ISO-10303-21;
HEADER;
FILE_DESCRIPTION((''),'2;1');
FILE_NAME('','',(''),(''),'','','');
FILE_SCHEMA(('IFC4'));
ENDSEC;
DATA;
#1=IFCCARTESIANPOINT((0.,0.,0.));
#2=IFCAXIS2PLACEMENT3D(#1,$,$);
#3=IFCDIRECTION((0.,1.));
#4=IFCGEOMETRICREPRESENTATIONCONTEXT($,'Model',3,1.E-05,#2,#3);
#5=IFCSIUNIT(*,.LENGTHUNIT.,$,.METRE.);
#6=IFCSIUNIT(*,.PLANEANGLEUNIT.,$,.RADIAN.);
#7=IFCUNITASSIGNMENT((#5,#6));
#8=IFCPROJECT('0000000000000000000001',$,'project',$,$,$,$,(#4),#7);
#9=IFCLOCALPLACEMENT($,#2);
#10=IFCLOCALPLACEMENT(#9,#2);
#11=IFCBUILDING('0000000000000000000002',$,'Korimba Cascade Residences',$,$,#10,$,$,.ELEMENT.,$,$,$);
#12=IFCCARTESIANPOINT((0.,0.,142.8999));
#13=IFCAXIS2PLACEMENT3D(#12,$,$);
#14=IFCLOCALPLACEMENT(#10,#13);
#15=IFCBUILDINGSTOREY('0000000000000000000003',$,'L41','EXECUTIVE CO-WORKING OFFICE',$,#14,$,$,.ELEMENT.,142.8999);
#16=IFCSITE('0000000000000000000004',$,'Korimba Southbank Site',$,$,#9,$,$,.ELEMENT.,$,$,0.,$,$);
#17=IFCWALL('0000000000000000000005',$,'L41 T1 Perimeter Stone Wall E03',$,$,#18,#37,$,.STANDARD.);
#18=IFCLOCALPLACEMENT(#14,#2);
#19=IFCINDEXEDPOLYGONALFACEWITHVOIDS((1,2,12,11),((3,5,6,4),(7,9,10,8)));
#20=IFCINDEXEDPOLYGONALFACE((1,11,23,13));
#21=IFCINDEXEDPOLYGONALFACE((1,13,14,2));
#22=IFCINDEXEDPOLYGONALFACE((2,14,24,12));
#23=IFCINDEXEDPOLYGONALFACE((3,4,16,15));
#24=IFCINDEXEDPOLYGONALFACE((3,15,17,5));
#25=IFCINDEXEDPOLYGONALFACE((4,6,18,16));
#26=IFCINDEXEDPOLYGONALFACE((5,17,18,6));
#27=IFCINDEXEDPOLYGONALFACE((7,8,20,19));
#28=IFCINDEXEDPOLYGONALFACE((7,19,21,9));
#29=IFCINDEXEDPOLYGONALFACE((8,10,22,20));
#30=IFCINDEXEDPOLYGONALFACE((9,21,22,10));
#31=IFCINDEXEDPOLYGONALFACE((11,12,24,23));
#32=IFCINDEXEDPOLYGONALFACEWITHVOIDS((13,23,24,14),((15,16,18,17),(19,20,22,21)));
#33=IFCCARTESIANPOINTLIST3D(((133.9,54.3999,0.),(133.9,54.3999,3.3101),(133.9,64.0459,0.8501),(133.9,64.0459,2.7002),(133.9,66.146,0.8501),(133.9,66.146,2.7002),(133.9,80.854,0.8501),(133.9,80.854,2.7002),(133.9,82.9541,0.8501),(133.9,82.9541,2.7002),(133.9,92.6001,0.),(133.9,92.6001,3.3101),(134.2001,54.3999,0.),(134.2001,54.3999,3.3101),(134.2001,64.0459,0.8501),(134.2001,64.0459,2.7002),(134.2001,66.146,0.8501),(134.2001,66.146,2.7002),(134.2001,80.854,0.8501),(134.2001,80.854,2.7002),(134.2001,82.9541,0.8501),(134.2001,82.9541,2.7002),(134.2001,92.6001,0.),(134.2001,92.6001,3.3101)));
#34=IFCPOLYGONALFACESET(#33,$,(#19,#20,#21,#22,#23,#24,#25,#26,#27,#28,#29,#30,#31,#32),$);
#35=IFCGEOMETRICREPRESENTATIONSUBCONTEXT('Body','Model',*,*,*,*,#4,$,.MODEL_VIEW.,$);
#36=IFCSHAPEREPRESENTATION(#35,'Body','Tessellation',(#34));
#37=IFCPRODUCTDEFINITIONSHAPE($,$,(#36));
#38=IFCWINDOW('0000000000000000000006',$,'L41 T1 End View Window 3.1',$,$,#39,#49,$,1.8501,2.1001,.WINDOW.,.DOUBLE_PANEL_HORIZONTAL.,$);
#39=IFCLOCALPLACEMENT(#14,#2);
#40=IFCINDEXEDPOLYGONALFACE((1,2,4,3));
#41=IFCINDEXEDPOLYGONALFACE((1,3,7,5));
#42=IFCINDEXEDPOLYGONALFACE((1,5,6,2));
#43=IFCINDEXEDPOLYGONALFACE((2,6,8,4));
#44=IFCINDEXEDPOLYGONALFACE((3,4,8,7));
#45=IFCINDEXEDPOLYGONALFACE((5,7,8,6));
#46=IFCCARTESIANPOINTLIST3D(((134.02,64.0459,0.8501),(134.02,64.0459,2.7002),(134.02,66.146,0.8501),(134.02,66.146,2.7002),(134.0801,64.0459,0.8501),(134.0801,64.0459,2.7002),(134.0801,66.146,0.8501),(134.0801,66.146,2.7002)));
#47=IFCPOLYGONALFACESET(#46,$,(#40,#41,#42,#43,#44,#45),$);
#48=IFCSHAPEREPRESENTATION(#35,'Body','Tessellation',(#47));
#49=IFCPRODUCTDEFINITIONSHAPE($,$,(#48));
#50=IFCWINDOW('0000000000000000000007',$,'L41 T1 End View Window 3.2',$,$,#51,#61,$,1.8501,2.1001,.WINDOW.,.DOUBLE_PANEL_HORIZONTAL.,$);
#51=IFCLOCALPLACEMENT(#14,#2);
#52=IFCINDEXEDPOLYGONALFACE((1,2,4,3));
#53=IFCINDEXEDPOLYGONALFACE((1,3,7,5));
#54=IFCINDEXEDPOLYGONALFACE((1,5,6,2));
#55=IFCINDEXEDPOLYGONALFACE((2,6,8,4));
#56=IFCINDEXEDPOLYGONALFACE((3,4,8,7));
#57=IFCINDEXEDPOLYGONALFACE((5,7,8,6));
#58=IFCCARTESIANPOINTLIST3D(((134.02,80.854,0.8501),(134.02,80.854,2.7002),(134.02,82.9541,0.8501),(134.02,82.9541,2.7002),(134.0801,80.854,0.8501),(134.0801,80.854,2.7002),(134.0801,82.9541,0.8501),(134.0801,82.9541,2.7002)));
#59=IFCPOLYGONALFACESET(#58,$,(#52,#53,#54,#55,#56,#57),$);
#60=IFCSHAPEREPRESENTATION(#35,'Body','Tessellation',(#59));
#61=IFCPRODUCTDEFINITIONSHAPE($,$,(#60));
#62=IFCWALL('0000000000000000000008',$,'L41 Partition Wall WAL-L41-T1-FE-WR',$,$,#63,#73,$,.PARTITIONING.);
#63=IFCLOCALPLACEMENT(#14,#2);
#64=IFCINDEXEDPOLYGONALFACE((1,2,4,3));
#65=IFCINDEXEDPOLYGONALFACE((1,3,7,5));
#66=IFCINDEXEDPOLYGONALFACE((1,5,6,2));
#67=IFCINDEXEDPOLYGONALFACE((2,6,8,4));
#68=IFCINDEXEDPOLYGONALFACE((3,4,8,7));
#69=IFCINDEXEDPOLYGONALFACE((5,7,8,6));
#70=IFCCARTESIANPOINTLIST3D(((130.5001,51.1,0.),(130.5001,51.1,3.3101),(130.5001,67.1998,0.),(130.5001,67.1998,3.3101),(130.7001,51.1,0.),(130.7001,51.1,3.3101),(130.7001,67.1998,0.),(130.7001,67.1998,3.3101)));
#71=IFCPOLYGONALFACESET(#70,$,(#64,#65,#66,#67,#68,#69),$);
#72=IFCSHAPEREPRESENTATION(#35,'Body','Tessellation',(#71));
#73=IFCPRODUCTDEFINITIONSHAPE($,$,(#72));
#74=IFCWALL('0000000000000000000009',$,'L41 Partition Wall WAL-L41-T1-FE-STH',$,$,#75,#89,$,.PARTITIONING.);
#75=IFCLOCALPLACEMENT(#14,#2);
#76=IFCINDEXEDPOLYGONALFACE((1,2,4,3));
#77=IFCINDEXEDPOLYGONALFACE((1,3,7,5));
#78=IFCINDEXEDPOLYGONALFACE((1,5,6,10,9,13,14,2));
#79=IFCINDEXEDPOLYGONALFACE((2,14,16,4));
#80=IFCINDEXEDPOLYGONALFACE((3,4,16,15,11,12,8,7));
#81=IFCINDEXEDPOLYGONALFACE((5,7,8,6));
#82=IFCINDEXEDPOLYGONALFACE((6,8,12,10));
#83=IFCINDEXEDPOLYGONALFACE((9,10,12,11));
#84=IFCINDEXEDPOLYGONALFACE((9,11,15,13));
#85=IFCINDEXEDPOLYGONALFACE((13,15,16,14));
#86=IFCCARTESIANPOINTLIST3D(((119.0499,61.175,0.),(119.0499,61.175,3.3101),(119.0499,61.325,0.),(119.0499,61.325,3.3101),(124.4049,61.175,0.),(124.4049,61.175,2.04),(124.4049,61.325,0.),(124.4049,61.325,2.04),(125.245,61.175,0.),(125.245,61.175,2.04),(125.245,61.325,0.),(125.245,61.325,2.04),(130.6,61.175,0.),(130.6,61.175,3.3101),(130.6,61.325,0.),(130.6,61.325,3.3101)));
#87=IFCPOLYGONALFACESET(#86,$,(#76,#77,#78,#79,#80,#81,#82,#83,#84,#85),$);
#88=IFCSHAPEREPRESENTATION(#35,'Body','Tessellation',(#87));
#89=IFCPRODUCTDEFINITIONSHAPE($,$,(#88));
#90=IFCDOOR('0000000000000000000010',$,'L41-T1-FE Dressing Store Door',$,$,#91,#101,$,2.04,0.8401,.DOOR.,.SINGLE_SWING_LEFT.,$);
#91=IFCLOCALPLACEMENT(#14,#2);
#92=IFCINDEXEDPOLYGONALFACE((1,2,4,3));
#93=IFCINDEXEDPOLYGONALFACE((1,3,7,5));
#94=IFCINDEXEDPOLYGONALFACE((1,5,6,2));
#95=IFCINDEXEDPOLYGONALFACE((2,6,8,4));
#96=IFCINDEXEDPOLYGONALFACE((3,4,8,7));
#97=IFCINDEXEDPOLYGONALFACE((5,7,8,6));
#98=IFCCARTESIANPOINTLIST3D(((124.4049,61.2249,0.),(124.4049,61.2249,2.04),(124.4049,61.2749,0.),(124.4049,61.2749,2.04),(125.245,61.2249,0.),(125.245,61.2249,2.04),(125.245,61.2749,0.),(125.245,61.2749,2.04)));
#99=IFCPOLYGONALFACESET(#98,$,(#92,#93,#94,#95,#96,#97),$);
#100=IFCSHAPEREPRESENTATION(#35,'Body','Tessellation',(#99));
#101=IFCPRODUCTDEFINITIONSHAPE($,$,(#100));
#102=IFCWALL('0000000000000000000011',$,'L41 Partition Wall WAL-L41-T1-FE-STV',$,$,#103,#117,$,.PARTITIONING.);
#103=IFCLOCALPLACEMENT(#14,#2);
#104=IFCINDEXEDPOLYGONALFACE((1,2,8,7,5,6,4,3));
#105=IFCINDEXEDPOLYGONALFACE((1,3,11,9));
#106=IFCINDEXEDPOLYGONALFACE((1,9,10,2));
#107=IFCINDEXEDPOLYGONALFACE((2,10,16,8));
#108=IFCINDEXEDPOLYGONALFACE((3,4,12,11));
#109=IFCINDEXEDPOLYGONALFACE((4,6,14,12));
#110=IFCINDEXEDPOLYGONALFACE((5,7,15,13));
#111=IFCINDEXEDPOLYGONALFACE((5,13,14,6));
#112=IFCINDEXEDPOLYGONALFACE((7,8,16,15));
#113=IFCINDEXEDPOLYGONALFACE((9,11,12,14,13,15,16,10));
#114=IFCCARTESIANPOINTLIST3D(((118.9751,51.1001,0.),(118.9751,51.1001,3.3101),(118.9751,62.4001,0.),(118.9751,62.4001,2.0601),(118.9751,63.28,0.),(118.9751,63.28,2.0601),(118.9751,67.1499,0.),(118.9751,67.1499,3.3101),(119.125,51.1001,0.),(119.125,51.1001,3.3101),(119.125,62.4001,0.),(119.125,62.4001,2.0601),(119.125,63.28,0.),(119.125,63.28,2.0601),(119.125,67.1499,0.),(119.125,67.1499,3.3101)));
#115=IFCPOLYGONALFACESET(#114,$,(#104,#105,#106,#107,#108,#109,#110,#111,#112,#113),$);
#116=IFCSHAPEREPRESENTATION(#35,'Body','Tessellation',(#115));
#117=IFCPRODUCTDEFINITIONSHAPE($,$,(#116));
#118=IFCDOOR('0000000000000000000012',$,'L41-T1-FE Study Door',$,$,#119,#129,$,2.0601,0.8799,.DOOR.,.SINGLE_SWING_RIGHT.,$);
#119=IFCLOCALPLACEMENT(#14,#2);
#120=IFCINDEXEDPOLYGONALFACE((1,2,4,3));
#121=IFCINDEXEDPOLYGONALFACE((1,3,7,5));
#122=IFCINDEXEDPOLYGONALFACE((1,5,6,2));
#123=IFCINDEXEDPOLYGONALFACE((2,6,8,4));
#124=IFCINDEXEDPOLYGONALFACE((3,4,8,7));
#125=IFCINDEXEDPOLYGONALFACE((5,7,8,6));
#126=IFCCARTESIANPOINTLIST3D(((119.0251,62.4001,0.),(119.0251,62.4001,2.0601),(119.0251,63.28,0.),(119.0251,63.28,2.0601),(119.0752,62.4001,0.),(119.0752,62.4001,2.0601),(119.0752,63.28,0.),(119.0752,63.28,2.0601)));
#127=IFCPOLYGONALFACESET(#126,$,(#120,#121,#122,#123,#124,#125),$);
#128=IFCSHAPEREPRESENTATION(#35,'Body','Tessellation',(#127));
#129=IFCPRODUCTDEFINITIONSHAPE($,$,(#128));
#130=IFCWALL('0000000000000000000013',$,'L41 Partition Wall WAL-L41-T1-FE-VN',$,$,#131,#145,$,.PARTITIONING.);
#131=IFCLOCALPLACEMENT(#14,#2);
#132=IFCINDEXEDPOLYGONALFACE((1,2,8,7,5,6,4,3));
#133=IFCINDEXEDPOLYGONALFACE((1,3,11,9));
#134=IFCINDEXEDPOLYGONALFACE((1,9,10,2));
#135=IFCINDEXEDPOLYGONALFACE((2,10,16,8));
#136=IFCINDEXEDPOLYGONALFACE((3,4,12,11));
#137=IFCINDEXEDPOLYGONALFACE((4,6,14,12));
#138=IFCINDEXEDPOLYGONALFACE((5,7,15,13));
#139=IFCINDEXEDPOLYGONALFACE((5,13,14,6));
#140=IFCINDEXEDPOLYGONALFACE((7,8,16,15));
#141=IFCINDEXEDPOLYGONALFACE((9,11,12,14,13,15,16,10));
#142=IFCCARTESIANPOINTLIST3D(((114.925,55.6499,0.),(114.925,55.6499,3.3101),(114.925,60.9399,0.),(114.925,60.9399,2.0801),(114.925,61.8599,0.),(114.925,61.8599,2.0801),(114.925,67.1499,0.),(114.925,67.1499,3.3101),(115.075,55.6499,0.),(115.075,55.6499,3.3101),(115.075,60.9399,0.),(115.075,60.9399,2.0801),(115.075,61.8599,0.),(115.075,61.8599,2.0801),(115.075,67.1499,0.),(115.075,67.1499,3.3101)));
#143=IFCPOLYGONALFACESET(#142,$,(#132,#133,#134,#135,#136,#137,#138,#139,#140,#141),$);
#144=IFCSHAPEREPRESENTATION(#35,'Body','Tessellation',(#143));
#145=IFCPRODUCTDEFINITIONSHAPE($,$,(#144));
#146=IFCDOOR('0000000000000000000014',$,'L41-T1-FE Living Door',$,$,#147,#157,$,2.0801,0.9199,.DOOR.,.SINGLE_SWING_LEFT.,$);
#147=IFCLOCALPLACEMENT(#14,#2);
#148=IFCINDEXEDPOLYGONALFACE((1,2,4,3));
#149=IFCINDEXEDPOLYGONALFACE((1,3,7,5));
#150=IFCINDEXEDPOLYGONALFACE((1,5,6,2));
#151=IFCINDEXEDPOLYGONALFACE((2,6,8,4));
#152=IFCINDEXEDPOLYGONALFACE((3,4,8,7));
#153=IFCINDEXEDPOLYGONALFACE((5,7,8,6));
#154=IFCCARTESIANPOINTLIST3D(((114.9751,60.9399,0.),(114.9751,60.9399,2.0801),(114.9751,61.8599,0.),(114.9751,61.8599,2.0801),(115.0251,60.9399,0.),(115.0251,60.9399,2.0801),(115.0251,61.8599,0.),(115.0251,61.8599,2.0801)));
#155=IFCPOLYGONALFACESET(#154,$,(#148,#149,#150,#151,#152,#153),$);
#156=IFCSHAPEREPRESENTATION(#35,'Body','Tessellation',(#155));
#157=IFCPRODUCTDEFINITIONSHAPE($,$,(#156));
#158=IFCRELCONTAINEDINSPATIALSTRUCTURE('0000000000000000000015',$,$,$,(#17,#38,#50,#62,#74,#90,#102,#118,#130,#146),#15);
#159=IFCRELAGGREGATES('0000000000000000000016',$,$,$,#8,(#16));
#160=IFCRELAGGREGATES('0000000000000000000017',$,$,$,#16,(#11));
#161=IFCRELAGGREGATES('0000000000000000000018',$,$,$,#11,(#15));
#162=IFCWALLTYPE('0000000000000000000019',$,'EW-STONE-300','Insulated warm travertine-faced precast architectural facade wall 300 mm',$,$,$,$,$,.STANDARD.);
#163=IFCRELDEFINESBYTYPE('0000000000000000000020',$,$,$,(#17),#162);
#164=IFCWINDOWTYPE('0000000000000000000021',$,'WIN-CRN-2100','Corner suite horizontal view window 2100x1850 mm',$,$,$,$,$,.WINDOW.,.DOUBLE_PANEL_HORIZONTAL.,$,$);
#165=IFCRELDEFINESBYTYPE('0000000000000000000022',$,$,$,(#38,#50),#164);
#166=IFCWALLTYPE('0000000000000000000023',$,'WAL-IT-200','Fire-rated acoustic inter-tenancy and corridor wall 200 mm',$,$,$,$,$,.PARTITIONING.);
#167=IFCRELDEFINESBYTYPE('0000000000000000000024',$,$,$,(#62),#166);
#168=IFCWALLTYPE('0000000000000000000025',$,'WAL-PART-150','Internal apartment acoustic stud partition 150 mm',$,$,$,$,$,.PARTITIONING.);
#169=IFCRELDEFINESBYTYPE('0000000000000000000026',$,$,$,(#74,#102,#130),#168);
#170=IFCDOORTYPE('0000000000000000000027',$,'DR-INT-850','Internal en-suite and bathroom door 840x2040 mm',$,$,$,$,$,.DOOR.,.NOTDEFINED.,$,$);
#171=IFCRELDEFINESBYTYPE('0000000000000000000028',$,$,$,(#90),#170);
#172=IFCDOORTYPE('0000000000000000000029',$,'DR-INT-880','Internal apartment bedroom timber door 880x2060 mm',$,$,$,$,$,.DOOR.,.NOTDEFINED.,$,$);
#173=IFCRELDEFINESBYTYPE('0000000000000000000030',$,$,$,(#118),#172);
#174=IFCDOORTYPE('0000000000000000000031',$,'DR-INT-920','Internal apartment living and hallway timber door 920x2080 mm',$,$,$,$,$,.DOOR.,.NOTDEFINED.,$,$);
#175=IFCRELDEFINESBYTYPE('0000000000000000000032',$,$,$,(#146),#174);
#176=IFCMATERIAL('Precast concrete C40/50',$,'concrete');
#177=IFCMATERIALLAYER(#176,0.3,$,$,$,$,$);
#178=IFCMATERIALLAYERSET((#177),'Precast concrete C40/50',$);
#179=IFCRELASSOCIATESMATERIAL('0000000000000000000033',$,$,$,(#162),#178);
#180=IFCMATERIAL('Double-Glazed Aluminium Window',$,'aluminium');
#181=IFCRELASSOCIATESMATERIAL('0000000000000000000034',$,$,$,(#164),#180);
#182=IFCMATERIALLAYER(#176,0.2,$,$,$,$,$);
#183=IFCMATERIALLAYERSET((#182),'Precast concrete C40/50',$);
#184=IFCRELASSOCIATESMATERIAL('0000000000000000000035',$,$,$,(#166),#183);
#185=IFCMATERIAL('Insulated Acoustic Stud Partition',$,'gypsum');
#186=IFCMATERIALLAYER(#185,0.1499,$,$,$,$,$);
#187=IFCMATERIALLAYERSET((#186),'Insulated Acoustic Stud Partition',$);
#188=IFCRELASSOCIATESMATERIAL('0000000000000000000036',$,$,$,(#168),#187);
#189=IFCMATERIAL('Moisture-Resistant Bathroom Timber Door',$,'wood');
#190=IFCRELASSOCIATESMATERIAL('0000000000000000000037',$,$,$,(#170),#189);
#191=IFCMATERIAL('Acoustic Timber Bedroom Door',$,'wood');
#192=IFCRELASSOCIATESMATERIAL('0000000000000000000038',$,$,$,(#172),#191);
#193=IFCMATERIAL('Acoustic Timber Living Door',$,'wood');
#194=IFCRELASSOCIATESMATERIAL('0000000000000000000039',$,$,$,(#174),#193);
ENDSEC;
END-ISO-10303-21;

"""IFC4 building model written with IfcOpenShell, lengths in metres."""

from ifc_helpers import new_model, si_unit, direction, frame, frame_2d, origin, place, context, subcontext, project, spatial, rectangle, extrude, material, layer, layer_set, type_object, element, fill, save


model = new_model("IFC4")

# Units and contexts
model_context = context("Model", 3, precision=1e-05, world=origin(), true_north=direction((0.0, 1.0)))
body_context = subcontext(model_context, "Body", "Model", "MODEL_VIEW")
ifc_project = project(units=[si_unit("LENGTHUNIT", "METRE"), si_unit("PLANEANGLEUNIT", "RADIAN")], contexts=[model_context])

# Site, building, storey
site_placement = place(None, origin())
site = spatial("IfcSite", under=ifc_project, at=site_placement, Name="Korimba Southbank Site", CompositionType="ELEMENT", RefElevation=0.0)
building_placement = place(site_placement, origin())
building = spatial("IfcBuilding", under=site, at=building_placement, Name="Korimba Cascade Residences", CompositionType="ELEMENT")
storey_placement = place(building_placement, frame((0.0, 0.0, 142.8999)))
storey = spatial("IfcBuildingStorey", under=building, at=storey_placement, Name="L41", Description="EXECUTIVE CO-WORKING OFFICE", CompositionType="ELEMENT", Elevation=142.8999)

# Shared definitions
ifc_material_1 = material(Name="Precast concrete C40/50", Category="concrete")
ifc_layer_1 = layer(ifc_material_1, 0.3)
ifc_layer_set_1 = layer_set([ifc_layer_1], Name="Precast concrete C40/50")
wall_type_1 = type_object("IfcWallType", Name="EW-STONE-300", Description="Insulated warm travertine-faced precast architectural facade wall 300 mm", PredefinedType="STANDARD", material=ifc_layer_set_1)

# Wall, openings, windows
wall_1_placement = place(storey_placement, frame((134.05, 54.3999, 0.0), z_axis=(0.0, 0.0, 1.0), x_axis=(0.0, 1.0, 0.0)))
wall_1 = element("IfcWall", 1, at=wall_1_placement, inside=storey, type_object=wall_type_1, Name="L41 T1 Perimeter Stone Wall E03", PredefinedType="STANDARD", context=body_context, shape_type="SweptSolid", body=[
    extrude(rectangle(XDim=38.2002, YDim=0.3, at=frame_2d((19.1001, 0.0))), origin(), (0.0, 0.0, 1.0), 3.3101),
])
opening_1_placement = place(wall_1_placement, frame((9.646, 0.0, 0.8501)))
opening_1 = element("IfcOpeningElement", 2, at=opening_1_placement, cuts=wall_1, PredefinedType="OPENING", context=body_context, shape_type="SweptSolid", body=[
    extrude(rectangle(XDim=2.1001, YDim=1.8501, at=frame_2d((1.05, 0.925))), frame((0.0, 0.1602, 0.0), z_axis=(0.0, -1.0, 0.0), x_axis=(1.0, 0.0, 0.0)), (0.0, 0.0, 1.0), 0.3201),
])
opening_2_placement = place(wall_1_placement, frame((26.4541, 0.0, 0.8501)))
opening_2 = element("IfcOpeningElement", 3, at=opening_2_placement, cuts=wall_1, PredefinedType="OPENING", context=body_context, shape_type="SweptSolid", body=[
    extrude(rectangle(XDim=2.1001, YDim=1.8501, at=frame_2d((1.05, 0.925))), frame((0.0, 0.1602, 0.0), z_axis=(0.0, -1.0, 0.0), x_axis=(1.0, 0.0, 0.0)), (0.0, 0.0, 1.0), 0.3201),
])
ifc_material_2 = material(Name="Double-Glazed Aluminium Window", Category="aluminium")
window_type = type_object("IfcWindowType", Name="WIN-CRN-2100", Description="Corner suite horizontal view window 2100x1850 mm", PartitioningType="DOUBLE_PANEL_HORIZONTAL", PredefinedType="WINDOW", material=ifc_material_2)
window_1_placement = place(opening_1_placement, origin())
window_1 = element("IfcWindow", 4, at=window_1_placement, inside=storey, type_object=window_type, Name="L41 T1 End View Window 3.1", OverallHeight=1.8501, OverallWidth=2.1001, PartitioningType="DOUBLE_PANEL_HORIZONTAL", PredefinedType="WINDOW", context=body_context, shape_type="SweptSolid", body=[
    extrude(rectangle(XDim=2.1001, YDim=1.8501, at=frame_2d((1.05, 0.925))), frame((0.0, 0.03, 0.0), z_axis=(0.0, -1.0, 0.0), x_axis=(1.0, 0.0, 0.0)), (0.0, 0.0, 1.0), 0.0601),
])
fill(opening_1, window_1)
window_2_placement = place(opening_2_placement, origin())
window_2 = element("IfcWindow", 5, at=window_2_placement, inside=storey, type_object=window_type, Name="L41 T1 End View Window 3.2", OverallHeight=1.8501, OverallWidth=2.1001, PartitioningType="DOUBLE_PANEL_HORIZONTAL", PredefinedType="WINDOW", context=body_context, shape_type="SweptSolid", body=[
    extrude(rectangle(XDim=2.1001, YDim=1.8501, at=frame_2d((1.05, 0.925))), frame((0.0, 0.03, 0.0), z_axis=(0.0, -1.0, 0.0), x_axis=(1.0, 0.0, 0.0)), (0.0, 0.0, 1.0), 0.0601),
])
fill(opening_2, window_2)

# Wall
ifc_layer_2 = layer(ifc_material_1, 0.2)
ifc_layer_set_2 = layer_set([ifc_layer_2], Name="Precast concrete C40/50")
wall_type_2 = type_object("IfcWallType", Name="WAL-IT-200", Description="Fire-rated acoustic inter-tenancy and corridor wall 200 mm", PredefinedType="PARTITIONING", material=ifc_layer_set_2)
wall_2_placement = place(storey_placement, frame((130.6001, 51.1001, 0.0), z_axis=(0.0, 0.0, 1.0), x_axis=(0.0, 1.0, 0.0)))
element("IfcWall", 6, at=wall_2_placement, inside=storey, type_object=wall_type_2, Name="L41 Partition Wall WAL-L41-T1-FE-WR", PredefinedType="PARTITIONING", context=body_context, shape_type="SweptSolid", body=[
    extrude(rectangle(XDim=16.0999, YDim=0.2, at=frame_2d((8.0498, 0.0))), origin(), (0.0, 0.0, 1.0), 3.3101),
])

# Walls, openings, doors
ifc_material_3 = material(Name="Insulated Acoustic Stud Partition", Category="gypsum")
ifc_layer_3 = layer(ifc_material_3, 0.1499)
ifc_layer_set_3 = layer_set([ifc_layer_3], Name="Insulated Acoustic Stud Partition")
wall_type_3 = type_object("IfcWallType", Name="WAL-PART-150", Description="Internal apartment acoustic stud partition 150 mm", PredefinedType="PARTITIONING", material=ifc_layer_set_3)
wall_3_placement = place(storey_placement, frame((119.05, 61.25, 0.0), z_axis=(0.0, 0.0, 1.0), x_axis=(1.0, 0.0, 0.0)))
wall_3 = element("IfcWall", 7, at=wall_3_placement, inside=storey, type_object=wall_type_3, Name="L41 Partition Wall WAL-L41-T1-FE-STH", PredefinedType="PARTITIONING", context=body_context, shape_type="SweptSolid", body=[
    extrude(rectangle(XDim=11.55, YDim=0.1499, at=frame_2d((5.7749, 0.0))), origin(), (0.0, 0.0, 1.0), 3.3101),
])
opening_3_placement = place(wall_3_placement, frame((5.355, 0.0, 0.0)))
opening_3 = element("IfcOpeningElement", 8, at=opening_3_placement, cuts=wall_3, PredefinedType="OPENING", context=body_context, shape_type="SweptSolid", body=[
    extrude(rectangle(XDim=0.8401, YDim=2.04, at=frame_2d((0.4199, 1.02))), frame((0.0, 0.085, 0.0), z_axis=(0.0, -1.0, 0.0), x_axis=(1.0, 0.0, 0.0)), (0.0, 0.0, 1.0), 0.1699),
])
ifc_material_4 = material(Name="Moisture-Resistant Bathroom Timber Door", Category="wood")
door_type_1 = type_object("IfcDoorType", Name="DR-INT-850", Description="Internal en-suite and bathroom door 840x2040 mm", OperationType="NOTDEFINED", PredefinedType="DOOR", material=ifc_material_4)
door_1_placement = place(opening_3_placement, origin())
door_1 = element("IfcDoor", 9, at=door_1_placement, inside=storey, type_object=door_type_1, Name="L41-T1-FE Dressing Store Door", OperationType="SINGLE_SWING_LEFT", OverallHeight=2.04, OverallWidth=0.8401, PredefinedType="DOOR", context=body_context, shape_type="SweptSolid", body=[
    extrude(rectangle(XDim=0.8401, YDim=2.04, at=frame_2d((0.4199, 1.02))), frame((0.0, 0.0249, 0.0), z_axis=(0.0, -1.0, 0.0), x_axis=(1.0, 0.0, 0.0)), (0.0, 0.0, 1.0), 0.05),
])
fill(opening_3, door_1)
wall_4_placement = place(storey_placement, frame((119.05, 51.1001, 0.0), z_axis=(0.0, 0.0, 1.0), x_axis=(0.0, 1.0, 0.0)))
wall_4 = element("IfcWall", 10, at=wall_4_placement, inside=storey, type_object=wall_type_3, Name="L41 Partition Wall WAL-L41-T1-FE-STV", PredefinedType="PARTITIONING", context=body_context, shape_type="SweptSolid", body=[
    extrude(rectangle(XDim=16.0498, YDim=0.1499, at=frame_2d((8.0249, 0.0))), origin(), (0.0, 0.0, 1.0), 3.3101),
])
opening_4_placement = place(wall_4_placement, frame((11.3, 0.0, 0.0)))
opening_4 = element("IfcOpeningElement", 11, at=opening_4_placement, cuts=wall_4, PredefinedType="OPENING", context=body_context, shape_type="SweptSolid", body=[
    extrude(rectangle(XDim=0.8799, YDim=2.0601, at=frame_2d((0.4399, 1.03))), frame((0.0, 0.085, 0.0), z_axis=(0.0, -1.0, 0.0), x_axis=(1.0, 0.0, 0.0)), (0.0, 0.0, 1.0), 0.1699),
])
ifc_material_5 = material(Name="Acoustic Timber Bedroom Door", Category="wood")
door_type_2 = type_object("IfcDoorType", Name="DR-INT-880", Description="Internal apartment bedroom timber door 880x2060 mm", OperationType="NOTDEFINED", PredefinedType="DOOR", material=ifc_material_5)
door_2_placement = place(opening_4_placement, origin())
door_2 = element("IfcDoor", 12, at=door_2_placement, inside=storey, type_object=door_type_2, Name="L41-T1-FE Study Door", OperationType="SINGLE_SWING_RIGHT", OverallHeight=2.0601, OverallWidth=0.8799, PredefinedType="DOOR", context=body_context, shape_type="SweptSolid", body=[
    extrude(rectangle(XDim=0.8799, YDim=2.0601, at=frame_2d((0.4399, 1.03))), frame((0.0, 0.0249, 0.0), z_axis=(0.0, -1.0, 0.0), x_axis=(1.0, 0.0, 0.0)), (0.0, 0.0, 1.0), 0.05),
])
fill(opening_4, door_2)
wall_5_placement = place(storey_placement, frame((115.0, 55.6499, 0.0), z_axis=(0.0, 0.0, 1.0), x_axis=(0.0, 1.0, 0.0)))
wall_5 = element("IfcWall", 13, at=wall_5_placement, inside=storey, type_object=wall_type_3, Name="L41 Partition Wall WAL-L41-T1-FE-VN", PredefinedType="PARTITIONING", context=body_context, shape_type="SweptSolid", body=[
    extrude(rectangle(XDim=11.5, YDim=0.1499, at=frame_2d((5.75, 0.0))), origin(), (0.0, 0.0, 1.0), 3.3101),
])
opening_5_placement = place(wall_5_placement, frame((5.29, 0.0, 0.0)))
opening_5 = element("IfcOpeningElement", 14, at=opening_5_placement, cuts=wall_5, PredefinedType="OPENING", context=body_context, shape_type="SweptSolid", body=[
    extrude(rectangle(XDim=0.9199, YDim=2.0801, at=frame_2d((0.46, 1.04))), frame((0.0, 0.085, 0.0), z_axis=(0.0, -1.0, 0.0), x_axis=(1.0, 0.0, 0.0)), (0.0, 0.0, 1.0), 0.1699),
])
ifc_material_6 = material(Name="Acoustic Timber Living Door", Category="wood")
door_type_3 = type_object("IfcDoorType", Name="DR-INT-920", Description="Internal apartment living and hallway timber door 920x2080 mm", OperationType="NOTDEFINED", PredefinedType="DOOR", material=ifc_material_6)
door_3_placement = place(opening_5_placement, origin())
door_3 = element("IfcDoor", 15, at=door_3_placement, inside=storey, type_object=door_type_3, Name="L41-T1-FE Living Door", OperationType="SINGLE_SWING_LEFT", OverallHeight=2.0801, OverallWidth=0.9199, PredefinedType="DOOR", context=body_context, shape_type="SweptSolid", body=[
    extrude(rectangle(XDim=0.9199, YDim=2.0801, at=frame_2d((0.46, 1.04))), frame((0.0, 0.0249, 0.0), z_axis=(0.0, -1.0, 0.0), x_axis=(1.0, 0.0, 0.0)), (0.0, 0.0, 1.0), 0.05),
])
fill(opening_5, door_3)

save(model, "model.ifc")
